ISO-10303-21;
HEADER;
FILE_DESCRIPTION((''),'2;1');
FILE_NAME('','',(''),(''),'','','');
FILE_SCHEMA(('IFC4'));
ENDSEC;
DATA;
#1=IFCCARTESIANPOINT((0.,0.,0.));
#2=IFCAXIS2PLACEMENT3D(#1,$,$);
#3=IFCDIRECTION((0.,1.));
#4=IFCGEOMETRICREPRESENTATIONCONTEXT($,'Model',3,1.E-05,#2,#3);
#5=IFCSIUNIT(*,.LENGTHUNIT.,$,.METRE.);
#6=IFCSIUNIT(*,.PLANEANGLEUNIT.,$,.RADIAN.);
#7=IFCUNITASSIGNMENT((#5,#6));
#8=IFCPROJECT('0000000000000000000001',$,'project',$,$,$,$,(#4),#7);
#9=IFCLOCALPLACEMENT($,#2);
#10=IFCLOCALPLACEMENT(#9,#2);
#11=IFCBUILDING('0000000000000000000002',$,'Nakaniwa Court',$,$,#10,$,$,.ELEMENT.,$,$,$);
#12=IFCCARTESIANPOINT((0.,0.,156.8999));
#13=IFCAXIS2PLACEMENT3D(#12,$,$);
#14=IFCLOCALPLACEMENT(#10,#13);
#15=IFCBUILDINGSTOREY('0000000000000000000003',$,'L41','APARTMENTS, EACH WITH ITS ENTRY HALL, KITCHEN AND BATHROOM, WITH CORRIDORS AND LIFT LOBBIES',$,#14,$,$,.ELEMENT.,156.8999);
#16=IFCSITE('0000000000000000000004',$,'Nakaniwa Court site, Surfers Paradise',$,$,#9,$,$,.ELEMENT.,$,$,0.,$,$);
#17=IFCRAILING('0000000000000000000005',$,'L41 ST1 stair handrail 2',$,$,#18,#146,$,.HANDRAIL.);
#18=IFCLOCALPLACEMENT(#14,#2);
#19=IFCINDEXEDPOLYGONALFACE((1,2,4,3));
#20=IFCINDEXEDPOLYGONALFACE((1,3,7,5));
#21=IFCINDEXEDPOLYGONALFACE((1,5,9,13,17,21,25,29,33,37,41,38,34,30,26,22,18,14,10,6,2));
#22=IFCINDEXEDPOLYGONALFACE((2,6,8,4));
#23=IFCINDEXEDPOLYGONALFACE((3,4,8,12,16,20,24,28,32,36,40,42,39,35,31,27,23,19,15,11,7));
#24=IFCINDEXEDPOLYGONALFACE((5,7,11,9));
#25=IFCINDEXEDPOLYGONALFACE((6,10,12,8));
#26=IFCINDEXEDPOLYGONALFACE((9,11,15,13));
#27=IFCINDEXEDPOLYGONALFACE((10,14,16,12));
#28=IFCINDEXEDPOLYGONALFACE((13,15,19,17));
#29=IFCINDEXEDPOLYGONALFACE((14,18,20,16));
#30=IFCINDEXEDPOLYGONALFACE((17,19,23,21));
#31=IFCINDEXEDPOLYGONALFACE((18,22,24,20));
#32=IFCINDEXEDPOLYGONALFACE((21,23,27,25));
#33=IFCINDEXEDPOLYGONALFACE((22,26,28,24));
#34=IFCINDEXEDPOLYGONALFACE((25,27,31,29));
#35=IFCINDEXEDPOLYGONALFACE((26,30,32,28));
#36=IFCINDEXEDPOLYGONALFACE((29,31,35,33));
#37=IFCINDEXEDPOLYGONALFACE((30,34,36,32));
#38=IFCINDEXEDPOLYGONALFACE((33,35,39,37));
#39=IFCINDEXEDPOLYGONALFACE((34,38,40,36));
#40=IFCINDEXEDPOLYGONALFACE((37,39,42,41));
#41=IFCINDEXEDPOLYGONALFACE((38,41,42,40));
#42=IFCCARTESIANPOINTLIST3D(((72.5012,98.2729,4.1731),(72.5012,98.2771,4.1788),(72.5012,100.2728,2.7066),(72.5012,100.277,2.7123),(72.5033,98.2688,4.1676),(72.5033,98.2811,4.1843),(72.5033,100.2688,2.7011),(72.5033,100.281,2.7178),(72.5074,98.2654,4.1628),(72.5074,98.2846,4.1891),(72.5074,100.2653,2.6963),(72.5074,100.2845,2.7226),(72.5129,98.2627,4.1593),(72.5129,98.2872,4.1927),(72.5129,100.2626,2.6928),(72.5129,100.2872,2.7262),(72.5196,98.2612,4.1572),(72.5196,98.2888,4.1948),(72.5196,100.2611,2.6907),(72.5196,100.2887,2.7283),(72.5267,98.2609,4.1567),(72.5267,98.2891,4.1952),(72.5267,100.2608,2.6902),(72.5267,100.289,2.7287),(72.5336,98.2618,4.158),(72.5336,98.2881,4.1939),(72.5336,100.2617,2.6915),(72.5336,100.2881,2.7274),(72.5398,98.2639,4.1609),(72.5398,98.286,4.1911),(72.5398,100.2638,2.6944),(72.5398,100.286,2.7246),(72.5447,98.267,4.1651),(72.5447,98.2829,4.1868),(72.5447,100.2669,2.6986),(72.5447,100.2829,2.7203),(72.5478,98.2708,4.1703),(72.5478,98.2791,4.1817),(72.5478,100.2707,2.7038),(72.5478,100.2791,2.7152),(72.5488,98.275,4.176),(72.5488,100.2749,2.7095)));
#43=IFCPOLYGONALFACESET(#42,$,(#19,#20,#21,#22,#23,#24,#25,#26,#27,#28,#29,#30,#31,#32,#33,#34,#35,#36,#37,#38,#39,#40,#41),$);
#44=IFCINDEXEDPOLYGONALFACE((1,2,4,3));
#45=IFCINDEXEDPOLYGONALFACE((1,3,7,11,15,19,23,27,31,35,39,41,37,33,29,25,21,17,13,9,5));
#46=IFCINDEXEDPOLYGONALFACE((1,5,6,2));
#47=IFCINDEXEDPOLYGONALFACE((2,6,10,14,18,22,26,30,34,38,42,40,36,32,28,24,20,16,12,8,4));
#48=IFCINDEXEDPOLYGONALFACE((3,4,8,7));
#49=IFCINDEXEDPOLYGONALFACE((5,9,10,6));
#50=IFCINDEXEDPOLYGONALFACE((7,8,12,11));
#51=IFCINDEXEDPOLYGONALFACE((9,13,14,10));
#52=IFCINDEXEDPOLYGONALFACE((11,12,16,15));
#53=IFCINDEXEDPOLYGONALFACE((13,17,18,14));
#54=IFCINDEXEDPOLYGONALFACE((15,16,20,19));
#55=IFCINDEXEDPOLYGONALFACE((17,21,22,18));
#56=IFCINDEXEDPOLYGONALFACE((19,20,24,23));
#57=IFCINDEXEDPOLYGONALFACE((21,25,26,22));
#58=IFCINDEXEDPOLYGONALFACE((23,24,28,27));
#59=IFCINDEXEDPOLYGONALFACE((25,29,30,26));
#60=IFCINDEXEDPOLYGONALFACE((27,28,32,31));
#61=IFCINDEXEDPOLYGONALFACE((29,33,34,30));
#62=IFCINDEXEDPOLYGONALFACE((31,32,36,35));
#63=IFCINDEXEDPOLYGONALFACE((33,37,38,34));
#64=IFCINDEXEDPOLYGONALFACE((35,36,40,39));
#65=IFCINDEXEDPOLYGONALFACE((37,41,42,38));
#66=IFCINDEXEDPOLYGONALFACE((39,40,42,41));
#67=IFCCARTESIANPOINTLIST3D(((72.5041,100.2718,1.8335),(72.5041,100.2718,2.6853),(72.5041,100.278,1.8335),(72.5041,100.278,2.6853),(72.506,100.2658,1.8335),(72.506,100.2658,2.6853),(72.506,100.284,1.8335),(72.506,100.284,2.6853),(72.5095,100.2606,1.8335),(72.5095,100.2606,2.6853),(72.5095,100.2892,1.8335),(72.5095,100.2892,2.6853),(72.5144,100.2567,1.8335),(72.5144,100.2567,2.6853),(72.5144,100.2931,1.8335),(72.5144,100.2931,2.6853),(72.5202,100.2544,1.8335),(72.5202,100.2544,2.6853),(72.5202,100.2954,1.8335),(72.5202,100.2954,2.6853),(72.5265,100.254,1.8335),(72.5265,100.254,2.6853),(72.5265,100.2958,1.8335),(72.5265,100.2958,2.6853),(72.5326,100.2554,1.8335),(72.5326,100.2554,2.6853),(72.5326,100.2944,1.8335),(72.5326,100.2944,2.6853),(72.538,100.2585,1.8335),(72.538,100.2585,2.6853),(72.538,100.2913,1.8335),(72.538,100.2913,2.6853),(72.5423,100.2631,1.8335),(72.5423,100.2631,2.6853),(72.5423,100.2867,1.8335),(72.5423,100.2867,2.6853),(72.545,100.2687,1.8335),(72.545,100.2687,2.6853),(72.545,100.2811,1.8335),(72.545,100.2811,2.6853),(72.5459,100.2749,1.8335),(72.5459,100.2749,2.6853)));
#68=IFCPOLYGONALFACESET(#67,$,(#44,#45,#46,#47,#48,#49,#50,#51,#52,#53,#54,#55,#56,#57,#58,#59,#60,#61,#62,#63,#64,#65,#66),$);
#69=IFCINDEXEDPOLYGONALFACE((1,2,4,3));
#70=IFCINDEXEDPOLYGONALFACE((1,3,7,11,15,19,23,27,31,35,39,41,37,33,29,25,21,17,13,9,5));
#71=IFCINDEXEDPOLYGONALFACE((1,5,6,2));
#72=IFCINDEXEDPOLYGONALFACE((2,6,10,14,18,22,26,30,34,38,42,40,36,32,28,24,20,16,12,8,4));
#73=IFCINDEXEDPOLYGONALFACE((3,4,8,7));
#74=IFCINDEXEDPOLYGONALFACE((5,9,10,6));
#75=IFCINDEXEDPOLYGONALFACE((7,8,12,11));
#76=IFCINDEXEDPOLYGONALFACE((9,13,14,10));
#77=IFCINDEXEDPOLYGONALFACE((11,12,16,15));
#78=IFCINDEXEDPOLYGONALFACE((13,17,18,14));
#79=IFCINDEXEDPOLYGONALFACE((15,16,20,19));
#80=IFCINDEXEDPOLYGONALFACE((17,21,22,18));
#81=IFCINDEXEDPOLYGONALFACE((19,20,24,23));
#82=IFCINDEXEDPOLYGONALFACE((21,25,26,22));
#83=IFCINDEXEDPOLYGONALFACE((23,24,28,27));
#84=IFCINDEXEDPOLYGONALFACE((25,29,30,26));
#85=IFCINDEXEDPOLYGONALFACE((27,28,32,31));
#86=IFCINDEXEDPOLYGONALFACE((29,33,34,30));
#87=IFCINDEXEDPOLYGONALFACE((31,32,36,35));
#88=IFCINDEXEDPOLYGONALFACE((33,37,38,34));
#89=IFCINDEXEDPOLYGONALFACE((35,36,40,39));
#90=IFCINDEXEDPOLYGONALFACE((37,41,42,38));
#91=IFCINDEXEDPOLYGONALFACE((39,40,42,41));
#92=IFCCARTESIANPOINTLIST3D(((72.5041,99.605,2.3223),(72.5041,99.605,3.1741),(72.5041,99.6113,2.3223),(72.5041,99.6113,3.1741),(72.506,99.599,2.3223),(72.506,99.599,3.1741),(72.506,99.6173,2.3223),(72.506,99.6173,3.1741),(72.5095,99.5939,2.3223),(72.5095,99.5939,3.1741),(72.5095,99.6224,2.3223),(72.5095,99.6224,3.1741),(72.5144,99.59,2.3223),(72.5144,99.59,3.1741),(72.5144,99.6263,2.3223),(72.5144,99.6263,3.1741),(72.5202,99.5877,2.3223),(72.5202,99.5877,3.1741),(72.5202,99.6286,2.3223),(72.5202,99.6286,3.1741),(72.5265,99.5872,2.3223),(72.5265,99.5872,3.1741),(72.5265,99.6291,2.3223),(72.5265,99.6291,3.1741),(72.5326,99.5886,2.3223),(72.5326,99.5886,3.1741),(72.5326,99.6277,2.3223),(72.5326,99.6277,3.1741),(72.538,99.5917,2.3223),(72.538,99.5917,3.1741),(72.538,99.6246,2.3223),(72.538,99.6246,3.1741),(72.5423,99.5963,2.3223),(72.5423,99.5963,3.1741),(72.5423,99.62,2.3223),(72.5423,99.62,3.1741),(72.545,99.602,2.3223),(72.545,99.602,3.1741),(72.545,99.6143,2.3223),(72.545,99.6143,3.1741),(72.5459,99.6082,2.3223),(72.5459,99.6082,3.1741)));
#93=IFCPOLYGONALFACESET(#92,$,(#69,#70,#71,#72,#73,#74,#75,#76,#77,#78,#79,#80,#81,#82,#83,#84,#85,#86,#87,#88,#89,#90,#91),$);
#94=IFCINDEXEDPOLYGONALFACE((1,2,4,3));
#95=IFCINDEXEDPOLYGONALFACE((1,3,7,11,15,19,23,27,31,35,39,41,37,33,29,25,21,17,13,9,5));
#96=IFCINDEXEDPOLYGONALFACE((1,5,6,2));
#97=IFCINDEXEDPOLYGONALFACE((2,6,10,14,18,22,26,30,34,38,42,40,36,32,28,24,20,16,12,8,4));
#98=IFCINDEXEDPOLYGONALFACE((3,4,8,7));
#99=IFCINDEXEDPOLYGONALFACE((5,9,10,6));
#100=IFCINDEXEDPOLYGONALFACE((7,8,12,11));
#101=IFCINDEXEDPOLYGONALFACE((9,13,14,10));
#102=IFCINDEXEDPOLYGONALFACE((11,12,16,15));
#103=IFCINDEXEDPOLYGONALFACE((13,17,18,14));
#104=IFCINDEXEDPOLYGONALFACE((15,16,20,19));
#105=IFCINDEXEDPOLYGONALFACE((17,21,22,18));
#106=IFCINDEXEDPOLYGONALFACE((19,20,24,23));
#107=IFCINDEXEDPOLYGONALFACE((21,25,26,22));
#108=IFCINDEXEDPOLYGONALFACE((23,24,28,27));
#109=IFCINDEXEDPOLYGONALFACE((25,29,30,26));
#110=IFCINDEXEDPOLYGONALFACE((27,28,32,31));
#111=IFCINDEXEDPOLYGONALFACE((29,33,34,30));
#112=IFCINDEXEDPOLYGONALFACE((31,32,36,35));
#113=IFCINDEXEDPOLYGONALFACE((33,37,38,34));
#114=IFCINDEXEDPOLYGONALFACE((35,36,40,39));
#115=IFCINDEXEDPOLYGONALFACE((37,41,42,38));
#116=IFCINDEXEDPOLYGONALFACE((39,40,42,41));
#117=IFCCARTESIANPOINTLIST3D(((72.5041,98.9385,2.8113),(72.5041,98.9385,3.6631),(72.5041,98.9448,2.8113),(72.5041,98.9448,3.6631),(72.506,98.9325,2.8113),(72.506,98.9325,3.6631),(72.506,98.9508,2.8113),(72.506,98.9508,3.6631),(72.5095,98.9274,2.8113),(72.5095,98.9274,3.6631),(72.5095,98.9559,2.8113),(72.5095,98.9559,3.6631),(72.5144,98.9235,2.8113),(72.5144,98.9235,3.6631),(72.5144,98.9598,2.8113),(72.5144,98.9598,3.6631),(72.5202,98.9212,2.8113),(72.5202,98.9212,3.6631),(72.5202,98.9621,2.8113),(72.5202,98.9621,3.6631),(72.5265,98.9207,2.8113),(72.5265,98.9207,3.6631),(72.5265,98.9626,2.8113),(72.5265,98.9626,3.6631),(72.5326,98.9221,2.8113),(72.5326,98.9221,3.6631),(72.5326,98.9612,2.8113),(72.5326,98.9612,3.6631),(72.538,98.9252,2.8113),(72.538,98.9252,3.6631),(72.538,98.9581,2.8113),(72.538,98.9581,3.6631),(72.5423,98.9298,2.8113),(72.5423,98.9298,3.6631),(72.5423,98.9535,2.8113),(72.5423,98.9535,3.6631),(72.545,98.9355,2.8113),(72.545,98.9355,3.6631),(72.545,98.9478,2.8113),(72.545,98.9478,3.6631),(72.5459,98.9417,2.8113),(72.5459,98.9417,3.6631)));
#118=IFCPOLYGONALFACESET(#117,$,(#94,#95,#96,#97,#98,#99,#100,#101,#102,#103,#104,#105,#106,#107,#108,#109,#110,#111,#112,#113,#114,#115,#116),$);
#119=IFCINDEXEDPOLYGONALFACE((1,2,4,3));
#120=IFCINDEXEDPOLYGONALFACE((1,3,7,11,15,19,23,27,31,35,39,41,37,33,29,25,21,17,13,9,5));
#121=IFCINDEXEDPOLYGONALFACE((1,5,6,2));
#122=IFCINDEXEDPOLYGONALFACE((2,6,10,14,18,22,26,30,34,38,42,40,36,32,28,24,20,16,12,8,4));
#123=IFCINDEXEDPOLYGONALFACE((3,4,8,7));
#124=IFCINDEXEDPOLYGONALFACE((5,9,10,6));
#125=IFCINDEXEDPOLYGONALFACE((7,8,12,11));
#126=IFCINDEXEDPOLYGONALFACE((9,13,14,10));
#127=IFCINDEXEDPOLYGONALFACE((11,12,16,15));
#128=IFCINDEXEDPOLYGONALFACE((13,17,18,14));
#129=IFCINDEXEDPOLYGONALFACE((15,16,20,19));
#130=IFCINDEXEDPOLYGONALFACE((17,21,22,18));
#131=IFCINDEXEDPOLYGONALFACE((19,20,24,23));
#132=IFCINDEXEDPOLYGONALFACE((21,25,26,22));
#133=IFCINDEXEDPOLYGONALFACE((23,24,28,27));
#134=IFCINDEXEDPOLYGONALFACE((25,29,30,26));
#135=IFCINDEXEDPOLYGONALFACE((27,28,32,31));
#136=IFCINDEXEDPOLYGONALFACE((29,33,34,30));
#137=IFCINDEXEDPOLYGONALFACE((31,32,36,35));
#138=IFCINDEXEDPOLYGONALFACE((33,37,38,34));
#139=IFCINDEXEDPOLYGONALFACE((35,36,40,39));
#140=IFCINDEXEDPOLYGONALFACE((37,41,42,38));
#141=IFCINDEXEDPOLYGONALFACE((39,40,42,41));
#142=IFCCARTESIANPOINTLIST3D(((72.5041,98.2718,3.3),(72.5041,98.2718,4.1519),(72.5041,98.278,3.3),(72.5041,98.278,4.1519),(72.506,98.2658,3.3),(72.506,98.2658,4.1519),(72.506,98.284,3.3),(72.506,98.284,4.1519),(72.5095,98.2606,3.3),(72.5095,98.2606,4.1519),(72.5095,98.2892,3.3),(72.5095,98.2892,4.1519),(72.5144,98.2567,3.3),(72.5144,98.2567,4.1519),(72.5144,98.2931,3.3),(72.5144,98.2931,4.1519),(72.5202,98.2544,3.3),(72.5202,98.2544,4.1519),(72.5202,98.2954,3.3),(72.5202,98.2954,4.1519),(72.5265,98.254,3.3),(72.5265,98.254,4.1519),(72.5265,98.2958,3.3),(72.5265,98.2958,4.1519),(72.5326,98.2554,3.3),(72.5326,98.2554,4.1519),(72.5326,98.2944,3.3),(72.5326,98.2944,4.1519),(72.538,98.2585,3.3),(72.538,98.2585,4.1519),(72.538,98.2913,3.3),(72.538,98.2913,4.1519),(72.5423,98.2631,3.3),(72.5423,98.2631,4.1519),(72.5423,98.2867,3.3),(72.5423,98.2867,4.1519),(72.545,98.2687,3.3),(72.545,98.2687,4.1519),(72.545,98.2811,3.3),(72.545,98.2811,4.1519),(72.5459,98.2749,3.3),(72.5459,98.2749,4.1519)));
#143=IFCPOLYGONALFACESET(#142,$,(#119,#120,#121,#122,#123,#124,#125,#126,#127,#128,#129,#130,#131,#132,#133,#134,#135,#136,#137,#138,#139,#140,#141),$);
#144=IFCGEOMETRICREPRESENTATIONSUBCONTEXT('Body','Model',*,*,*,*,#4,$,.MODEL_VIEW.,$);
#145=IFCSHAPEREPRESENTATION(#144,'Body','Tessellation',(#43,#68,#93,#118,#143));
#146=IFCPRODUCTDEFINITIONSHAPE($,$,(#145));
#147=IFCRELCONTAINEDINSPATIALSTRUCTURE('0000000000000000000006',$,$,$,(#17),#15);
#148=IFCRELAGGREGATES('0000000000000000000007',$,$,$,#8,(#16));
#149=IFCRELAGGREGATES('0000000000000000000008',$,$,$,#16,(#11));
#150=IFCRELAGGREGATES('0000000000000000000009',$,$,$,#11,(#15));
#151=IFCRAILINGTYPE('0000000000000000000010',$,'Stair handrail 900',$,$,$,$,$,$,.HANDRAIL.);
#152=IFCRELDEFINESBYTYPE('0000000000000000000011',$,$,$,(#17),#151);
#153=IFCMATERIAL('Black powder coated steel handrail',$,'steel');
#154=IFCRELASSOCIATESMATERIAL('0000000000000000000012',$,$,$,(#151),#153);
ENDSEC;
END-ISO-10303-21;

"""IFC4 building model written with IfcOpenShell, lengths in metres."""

from ifc_helpers import new_model, si_unit, direction, frame, origin, origin_2d, place, context, subcontext, project, spatial, circle, extrude, material, type_object, element, save


model = new_model("IFC4")

# Units and contexts
model_context = context("Model", 3, precision=1e-05, world=origin(), true_north=direction((0.0, 1.0)))
body_context = subcontext(model_context, "Body", "Model", "MODEL_VIEW")
ifc_project = project(units=[si_unit("LENGTHUNIT", "METRE"), si_unit("PLANEANGLEUNIT", "RADIAN")], contexts=[model_context])

# Site, building, storey
site_placement = place(None, origin())
site = spatial("IfcSite", under=ifc_project, at=site_placement, Name="Nakaniwa Court site, Surfers Paradise", CompositionType="ELEMENT", RefElevation=0.0)
building_placement = place(site_placement, origin())
building = spatial("IfcBuilding", under=site, at=building_placement, Name="Nakaniwa Court", CompositionType="ELEMENT")
storey_placement = place(building_placement, frame((0.0, 0.0, 156.8999)))
storey = spatial("IfcBuildingStorey", under=building, at=storey_placement, Name="L41", Description="APARTMENTS, EACH WITH ITS ENTRY HALL, KITCHEN AND BATHROOM, WITH CORRIDORS AND LIFT LOBBIES", CompositionType="ELEMENT", Elevation=156.8999)

# Railing
ifc_material_1 = material(Name="Black powder coated steel handrail", Category="steel")
railing_type_1 = type_object("IfcRailingType", Name="Stair handrail 900", PredefinedType="HANDRAIL", material=ifc_material_1)
railing_1_placement = place(storey_placement, frame((72.5249, 100.2749, 1.8335)))
element("IfcRailing", 1, at=railing_1_placement, inside=storey, type_object=railing_type_1, Name="L41 ST1 stair handrail 2", PredefinedType="HANDRAIL", context=body_context, shape_type="SweptSolid", body=[
    extrude(circle(Radius=0.0239, at=origin_2d()), frame((0.0, 0.0, 0.876), z_axis=(0.0, -0.806427, 0.591334), x_axis=(1.0, 0.0, 0.0)), (0.0, 0.0, 1.0), 2.48),
    extrude(circle(Radius=0.021, at=origin_2d()), origin(), (0.0, 0.0, 1.0), 0.8518),
    extrude(circle(Radius=0.021, at=origin_2d()), frame((0.0, -0.6667, 0.4888)), (0.0, 0.0, 1.0), 0.8518),
    extrude(circle(Radius=0.021, at=origin_2d()), frame((0.0, -1.3333, 0.9778)), (0.0, 0.0, 1.0), 0.8518),
    extrude(circle(Radius=0.021, at=origin_2d()), frame((0.0, -2.0, 1.4666)), (0.0, 0.0, 1.0), 0.8518),
])

save(model, "model.ifc")
